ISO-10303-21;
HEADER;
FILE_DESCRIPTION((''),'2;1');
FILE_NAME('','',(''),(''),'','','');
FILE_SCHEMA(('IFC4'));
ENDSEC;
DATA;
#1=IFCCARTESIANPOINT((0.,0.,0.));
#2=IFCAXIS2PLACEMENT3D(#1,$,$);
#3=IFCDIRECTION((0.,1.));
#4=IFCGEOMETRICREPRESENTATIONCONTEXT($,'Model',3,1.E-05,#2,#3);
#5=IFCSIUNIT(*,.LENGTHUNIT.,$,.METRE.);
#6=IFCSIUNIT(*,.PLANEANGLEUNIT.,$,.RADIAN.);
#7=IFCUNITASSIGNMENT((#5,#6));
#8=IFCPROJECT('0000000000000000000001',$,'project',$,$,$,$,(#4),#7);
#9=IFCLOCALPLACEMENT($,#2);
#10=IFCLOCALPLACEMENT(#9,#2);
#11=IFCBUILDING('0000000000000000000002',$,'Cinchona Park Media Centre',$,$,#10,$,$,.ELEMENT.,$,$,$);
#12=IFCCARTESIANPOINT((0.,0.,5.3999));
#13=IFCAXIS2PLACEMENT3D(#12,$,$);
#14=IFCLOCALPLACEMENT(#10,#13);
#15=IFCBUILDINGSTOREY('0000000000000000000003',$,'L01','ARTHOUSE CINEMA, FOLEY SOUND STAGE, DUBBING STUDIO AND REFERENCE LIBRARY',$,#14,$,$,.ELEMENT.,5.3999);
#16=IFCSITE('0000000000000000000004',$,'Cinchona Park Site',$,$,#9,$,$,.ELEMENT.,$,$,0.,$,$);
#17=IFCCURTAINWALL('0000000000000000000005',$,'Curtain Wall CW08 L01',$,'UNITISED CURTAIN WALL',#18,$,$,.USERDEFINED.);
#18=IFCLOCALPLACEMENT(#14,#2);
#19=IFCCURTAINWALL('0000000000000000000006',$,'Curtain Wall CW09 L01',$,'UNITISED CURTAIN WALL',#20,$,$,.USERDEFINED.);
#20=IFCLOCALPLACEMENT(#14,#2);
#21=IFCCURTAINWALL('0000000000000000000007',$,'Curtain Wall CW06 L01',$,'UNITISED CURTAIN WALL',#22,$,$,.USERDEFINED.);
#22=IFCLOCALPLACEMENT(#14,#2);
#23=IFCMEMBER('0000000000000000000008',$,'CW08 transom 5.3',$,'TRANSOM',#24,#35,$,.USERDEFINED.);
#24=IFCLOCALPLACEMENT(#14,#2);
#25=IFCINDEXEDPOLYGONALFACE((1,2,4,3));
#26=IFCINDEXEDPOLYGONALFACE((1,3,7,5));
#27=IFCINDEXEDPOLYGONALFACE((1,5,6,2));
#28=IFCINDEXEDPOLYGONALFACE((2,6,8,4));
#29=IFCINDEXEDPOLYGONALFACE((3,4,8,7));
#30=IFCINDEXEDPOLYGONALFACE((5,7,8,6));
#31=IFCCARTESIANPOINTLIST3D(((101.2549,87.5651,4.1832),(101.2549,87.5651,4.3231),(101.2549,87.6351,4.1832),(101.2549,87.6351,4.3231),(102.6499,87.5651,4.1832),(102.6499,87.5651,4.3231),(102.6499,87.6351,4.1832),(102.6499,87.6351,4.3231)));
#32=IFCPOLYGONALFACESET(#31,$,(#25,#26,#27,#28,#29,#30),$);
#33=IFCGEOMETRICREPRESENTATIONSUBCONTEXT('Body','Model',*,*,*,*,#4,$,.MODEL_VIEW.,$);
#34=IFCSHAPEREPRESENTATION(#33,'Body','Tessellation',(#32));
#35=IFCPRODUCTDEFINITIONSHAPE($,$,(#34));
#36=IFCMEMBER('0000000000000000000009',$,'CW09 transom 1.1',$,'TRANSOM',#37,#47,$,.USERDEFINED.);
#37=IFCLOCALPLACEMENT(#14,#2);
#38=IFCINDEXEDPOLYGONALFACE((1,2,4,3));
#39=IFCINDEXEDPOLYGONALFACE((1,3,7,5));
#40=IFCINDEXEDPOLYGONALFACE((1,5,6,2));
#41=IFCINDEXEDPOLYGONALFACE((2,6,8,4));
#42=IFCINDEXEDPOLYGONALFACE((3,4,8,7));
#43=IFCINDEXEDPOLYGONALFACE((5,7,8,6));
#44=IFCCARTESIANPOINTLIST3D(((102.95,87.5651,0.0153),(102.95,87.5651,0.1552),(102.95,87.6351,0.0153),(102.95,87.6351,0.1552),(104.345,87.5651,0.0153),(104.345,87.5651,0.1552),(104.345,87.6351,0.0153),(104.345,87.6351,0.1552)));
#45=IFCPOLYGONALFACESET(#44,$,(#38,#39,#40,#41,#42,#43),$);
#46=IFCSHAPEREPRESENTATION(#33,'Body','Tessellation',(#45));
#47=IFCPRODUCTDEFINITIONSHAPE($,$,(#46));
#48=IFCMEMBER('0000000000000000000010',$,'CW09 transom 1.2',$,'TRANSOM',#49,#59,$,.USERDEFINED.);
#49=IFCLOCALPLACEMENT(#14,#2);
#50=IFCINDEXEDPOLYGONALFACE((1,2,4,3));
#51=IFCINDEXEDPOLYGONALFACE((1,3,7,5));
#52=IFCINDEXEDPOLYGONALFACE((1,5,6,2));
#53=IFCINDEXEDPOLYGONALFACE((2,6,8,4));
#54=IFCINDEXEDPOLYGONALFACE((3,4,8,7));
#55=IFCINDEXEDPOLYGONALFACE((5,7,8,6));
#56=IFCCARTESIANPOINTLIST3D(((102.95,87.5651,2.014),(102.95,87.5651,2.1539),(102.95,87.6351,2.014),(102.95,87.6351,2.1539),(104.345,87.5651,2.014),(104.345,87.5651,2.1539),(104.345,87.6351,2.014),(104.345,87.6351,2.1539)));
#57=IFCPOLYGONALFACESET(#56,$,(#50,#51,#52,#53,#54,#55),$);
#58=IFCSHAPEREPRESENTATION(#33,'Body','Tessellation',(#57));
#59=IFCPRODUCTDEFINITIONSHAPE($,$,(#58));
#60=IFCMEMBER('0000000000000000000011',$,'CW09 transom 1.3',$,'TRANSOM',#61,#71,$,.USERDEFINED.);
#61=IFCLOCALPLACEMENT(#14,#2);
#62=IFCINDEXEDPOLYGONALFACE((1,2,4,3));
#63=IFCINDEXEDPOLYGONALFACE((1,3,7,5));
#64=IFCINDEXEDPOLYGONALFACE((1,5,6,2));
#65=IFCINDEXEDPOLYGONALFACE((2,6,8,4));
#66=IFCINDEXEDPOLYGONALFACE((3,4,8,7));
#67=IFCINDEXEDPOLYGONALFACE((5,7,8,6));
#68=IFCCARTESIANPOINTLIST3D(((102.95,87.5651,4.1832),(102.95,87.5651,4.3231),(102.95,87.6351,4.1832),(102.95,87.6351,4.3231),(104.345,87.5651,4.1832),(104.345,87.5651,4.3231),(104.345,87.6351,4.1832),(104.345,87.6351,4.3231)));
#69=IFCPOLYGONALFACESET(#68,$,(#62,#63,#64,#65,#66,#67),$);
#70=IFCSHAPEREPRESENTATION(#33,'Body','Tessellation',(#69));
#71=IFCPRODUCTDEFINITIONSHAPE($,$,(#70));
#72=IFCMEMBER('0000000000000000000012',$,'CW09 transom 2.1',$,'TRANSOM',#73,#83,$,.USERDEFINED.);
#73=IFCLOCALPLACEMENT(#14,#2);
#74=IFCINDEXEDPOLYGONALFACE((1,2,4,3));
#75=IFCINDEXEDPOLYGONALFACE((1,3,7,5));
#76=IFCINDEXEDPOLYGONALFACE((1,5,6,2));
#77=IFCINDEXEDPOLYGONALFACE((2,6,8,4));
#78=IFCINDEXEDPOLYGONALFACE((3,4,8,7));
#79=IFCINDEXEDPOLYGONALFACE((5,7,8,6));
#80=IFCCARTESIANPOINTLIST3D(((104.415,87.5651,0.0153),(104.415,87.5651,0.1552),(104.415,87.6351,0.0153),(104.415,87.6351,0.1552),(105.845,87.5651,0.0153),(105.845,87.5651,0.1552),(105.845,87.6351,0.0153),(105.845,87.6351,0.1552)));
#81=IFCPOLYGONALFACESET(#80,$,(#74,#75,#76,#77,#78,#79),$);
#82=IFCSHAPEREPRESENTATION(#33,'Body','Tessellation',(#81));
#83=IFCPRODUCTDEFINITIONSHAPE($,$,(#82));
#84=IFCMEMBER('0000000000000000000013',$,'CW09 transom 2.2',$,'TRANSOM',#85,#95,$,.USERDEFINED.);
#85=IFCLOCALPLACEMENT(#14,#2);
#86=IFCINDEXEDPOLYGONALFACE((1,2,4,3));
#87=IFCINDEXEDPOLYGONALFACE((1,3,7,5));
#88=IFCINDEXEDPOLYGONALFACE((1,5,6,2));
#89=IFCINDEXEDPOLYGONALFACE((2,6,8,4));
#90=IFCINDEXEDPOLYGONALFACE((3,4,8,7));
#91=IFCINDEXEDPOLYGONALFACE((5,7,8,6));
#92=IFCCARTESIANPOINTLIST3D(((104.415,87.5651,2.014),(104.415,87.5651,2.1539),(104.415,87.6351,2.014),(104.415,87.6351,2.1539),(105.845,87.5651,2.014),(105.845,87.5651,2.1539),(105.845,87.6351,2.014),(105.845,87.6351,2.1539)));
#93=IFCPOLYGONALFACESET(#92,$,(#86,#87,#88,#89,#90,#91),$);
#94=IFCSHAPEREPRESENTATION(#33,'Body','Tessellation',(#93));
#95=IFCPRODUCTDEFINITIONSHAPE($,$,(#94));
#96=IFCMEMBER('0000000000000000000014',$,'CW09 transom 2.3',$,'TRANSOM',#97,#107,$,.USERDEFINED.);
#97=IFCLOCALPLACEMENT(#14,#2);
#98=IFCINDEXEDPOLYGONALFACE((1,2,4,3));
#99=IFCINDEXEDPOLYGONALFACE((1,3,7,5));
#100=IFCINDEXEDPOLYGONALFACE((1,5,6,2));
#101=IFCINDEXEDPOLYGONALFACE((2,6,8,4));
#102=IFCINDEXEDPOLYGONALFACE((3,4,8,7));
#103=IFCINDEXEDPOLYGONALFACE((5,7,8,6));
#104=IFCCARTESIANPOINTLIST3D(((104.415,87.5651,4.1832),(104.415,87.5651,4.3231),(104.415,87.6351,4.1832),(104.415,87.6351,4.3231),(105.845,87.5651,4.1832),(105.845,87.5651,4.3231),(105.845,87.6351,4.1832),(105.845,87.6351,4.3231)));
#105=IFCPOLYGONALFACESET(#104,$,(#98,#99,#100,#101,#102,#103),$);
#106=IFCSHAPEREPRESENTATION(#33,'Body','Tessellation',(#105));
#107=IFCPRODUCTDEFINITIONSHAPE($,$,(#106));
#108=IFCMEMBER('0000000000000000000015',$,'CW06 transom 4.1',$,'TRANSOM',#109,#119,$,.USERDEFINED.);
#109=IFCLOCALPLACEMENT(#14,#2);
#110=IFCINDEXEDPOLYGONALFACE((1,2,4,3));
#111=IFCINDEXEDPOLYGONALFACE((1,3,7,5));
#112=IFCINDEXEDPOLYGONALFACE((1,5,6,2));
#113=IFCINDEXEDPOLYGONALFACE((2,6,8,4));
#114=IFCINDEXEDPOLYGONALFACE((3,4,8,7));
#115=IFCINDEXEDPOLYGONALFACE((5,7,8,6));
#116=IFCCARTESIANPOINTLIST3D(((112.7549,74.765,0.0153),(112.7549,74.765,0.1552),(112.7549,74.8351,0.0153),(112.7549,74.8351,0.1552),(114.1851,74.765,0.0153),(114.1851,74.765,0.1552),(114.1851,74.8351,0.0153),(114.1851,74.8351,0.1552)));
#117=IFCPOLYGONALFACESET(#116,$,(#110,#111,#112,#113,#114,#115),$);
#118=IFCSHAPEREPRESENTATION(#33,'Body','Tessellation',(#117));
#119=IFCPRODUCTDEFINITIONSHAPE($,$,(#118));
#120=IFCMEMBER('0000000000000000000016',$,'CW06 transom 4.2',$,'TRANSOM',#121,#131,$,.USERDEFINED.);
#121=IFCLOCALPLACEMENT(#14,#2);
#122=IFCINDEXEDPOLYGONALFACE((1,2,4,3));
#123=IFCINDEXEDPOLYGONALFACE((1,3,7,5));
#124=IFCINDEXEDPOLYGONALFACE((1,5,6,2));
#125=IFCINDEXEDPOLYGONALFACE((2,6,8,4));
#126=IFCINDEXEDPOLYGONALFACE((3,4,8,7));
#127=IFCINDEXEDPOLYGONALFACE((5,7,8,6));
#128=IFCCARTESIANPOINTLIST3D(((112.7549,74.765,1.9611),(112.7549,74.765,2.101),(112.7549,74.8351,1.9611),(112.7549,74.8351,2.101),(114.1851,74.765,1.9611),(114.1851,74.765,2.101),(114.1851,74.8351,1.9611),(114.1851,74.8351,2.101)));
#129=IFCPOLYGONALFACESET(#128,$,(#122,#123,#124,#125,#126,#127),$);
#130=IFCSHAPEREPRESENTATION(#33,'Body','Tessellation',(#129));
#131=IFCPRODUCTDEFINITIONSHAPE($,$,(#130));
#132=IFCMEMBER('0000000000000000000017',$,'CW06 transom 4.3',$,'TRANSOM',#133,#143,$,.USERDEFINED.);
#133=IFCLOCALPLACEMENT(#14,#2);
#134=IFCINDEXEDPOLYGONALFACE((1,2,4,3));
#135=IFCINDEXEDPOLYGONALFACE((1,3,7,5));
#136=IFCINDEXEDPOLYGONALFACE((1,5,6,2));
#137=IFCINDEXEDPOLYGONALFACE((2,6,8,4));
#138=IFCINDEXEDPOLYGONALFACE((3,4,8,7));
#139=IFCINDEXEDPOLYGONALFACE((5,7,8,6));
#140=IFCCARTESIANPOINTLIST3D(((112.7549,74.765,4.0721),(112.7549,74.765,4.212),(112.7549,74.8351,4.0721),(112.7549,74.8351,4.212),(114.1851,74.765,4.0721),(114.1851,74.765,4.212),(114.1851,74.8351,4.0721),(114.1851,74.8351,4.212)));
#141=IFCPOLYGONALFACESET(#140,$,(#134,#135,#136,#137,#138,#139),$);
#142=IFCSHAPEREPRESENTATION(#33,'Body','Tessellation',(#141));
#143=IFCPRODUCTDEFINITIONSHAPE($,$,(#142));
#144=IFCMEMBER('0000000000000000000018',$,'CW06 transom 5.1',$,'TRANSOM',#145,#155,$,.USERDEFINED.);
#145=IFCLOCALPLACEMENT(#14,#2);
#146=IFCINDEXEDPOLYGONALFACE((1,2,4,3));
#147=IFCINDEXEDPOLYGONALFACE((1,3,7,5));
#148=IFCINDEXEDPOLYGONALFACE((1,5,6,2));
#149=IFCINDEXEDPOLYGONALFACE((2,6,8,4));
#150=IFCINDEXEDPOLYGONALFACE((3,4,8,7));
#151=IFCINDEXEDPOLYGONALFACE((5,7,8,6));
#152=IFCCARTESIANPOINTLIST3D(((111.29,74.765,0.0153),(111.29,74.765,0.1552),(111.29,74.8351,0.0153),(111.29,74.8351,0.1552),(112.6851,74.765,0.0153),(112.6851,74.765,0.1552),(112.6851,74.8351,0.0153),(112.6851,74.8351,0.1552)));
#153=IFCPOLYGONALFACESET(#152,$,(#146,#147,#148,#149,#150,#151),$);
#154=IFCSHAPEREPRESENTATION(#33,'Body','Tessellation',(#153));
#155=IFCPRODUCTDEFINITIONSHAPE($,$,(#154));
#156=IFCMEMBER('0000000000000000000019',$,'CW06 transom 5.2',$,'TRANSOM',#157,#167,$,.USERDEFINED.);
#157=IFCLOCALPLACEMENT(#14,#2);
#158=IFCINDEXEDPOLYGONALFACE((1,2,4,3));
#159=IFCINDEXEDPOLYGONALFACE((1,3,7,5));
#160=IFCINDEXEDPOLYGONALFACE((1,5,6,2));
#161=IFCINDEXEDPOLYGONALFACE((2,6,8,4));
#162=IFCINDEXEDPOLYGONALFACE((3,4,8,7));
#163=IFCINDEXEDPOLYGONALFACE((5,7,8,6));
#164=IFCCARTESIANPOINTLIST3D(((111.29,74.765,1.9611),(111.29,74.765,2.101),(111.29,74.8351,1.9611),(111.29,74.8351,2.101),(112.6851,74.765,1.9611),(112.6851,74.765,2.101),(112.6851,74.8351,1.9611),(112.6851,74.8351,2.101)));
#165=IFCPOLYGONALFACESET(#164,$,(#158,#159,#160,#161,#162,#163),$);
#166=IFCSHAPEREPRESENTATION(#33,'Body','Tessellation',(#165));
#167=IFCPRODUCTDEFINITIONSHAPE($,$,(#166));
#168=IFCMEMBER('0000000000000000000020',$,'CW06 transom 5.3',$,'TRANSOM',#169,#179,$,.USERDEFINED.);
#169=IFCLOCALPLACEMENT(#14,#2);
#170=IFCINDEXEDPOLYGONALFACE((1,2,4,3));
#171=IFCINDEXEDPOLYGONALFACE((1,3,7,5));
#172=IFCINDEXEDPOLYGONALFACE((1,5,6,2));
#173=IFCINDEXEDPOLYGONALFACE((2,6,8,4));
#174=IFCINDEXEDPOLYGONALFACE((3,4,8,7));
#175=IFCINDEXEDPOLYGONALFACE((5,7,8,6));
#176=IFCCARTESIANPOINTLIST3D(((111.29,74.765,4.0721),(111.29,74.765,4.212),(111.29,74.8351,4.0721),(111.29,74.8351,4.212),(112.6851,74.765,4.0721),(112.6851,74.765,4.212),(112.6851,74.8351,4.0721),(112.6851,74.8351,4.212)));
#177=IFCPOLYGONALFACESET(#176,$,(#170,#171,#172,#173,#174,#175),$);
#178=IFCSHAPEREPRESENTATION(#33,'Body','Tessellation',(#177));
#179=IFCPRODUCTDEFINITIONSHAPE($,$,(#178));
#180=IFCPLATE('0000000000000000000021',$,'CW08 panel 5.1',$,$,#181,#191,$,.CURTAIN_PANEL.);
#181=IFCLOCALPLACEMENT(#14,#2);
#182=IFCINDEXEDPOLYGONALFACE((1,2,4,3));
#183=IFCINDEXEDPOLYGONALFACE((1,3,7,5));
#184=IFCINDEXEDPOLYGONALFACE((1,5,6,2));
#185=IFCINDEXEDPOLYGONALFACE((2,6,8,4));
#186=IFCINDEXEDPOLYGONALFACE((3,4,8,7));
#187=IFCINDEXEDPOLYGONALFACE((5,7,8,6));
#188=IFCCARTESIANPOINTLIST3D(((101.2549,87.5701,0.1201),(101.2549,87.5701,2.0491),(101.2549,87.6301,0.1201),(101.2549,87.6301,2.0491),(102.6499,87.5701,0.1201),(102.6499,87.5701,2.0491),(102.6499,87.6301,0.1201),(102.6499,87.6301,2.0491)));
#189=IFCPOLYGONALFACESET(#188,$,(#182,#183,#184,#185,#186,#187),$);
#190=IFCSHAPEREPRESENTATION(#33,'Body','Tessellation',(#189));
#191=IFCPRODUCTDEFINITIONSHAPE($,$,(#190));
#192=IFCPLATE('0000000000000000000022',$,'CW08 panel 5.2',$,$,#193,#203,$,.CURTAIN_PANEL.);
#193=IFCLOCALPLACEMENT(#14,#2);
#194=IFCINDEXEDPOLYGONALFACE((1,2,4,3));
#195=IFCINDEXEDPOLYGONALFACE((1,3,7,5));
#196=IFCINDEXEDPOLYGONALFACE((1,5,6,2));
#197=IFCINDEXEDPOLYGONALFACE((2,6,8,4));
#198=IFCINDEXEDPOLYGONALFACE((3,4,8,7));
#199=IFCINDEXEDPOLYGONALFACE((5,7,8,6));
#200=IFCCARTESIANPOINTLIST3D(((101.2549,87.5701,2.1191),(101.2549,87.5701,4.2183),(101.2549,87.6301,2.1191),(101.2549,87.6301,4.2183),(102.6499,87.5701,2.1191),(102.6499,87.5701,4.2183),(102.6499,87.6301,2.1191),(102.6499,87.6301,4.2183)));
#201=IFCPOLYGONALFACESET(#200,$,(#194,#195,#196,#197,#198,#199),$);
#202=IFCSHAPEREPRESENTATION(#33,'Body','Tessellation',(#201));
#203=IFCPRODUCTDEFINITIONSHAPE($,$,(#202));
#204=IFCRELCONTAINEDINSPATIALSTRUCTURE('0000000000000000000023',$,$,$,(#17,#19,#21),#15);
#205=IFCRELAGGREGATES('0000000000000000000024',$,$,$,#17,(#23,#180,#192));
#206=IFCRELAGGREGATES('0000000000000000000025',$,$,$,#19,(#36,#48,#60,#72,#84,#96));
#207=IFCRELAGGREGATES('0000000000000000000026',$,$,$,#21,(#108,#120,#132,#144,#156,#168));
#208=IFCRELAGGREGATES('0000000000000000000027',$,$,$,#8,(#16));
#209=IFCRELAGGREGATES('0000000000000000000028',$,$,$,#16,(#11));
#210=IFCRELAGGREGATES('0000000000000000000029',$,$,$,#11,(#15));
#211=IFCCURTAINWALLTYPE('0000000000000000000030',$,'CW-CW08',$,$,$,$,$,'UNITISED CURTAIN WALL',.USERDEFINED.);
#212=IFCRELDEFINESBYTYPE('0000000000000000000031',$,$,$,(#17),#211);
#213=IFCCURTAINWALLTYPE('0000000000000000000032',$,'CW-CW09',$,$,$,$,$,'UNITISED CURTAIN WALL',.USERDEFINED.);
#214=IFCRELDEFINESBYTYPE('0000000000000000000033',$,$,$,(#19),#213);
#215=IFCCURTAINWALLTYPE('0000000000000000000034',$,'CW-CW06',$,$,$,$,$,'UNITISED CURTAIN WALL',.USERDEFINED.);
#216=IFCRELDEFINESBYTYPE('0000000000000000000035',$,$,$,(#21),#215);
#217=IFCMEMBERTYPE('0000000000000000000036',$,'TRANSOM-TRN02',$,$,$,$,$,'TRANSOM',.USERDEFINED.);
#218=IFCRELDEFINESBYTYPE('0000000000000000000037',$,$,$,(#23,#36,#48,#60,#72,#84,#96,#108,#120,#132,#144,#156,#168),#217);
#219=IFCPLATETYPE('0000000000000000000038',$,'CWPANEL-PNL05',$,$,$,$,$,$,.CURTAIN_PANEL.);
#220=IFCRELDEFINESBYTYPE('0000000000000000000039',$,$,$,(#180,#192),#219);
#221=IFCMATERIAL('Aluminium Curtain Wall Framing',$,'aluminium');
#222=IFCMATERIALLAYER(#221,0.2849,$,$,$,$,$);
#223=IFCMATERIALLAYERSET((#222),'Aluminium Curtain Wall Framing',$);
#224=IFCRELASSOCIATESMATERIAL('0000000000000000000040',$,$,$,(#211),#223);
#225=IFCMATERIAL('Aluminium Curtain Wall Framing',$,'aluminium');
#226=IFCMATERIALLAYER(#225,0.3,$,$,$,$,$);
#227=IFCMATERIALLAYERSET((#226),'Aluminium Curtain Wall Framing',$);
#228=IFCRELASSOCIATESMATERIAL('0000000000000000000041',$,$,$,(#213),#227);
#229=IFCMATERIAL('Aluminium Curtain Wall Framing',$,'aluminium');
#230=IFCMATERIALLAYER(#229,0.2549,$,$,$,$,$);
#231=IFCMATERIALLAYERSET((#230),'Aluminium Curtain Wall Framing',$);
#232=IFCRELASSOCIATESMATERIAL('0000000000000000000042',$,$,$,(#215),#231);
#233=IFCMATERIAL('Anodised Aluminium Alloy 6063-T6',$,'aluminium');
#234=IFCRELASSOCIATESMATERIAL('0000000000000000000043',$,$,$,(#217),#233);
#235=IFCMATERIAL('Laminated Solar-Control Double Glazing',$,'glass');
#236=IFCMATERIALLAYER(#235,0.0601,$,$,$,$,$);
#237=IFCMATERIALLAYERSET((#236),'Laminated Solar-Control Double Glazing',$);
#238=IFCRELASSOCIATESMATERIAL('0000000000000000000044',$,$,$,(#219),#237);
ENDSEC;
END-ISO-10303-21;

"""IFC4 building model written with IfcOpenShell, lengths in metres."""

from ifc_helpers import new_model, si_unit, direction, frame, origin, origin_2d, place, context, subcontext, project, spatial, rectangle, extrude, material, layer, layer_set, material_profile, profile_set, type_object, element, aggregate, save


model = new_model("IFC4")

# Units and contexts
model_context = context("Model", 3, precision=1e-05, world=origin(), true_north=direction((0.0, 1.0)))
body_context = subcontext(model_context, "Body", "Model", "MODEL_VIEW")
ifc_project = project(units=[si_unit("LENGTHUNIT", "METRE"), si_unit("PLANEANGLEUNIT", "RADIAN")], contexts=[model_context])

# Site, building, storey
site_placement = place(None, origin())
site = spatial("IfcSite", under=ifc_project, at=site_placement, Name="Cinchona Park Site", CompositionType="ELEMENT", RefElevation=0.0)
building_placement = place(site_placement, origin())
building = spatial("IfcBuilding", under=site, at=building_placement, Name="Cinchona Park Media Centre", CompositionType="ELEMENT")
storey_placement = place(building_placement, frame((0.0, 0.0, 5.3999)))
storey = spatial("IfcBuildingStorey", under=building, at=storey_placement, Name="L01", Description="ARTHOUSE CINEMA, FOLEY SOUND STAGE, DUBBING STUDIO AND REFERENCE LIBRARY", CompositionType="ELEMENT", Elevation=5.3999)

# Curtain walls
ifc_material_1 = material(Name="Aluminium Curtain Wall Framing", Category="aluminium")
ifc_layer_1 = layer(ifc_material_1, 0.2849)
ifc_layer_set_1 = layer_set([ifc_layer_1], Name="Aluminium Curtain Wall Framing")
curtain_wall_type_1 = type_object("IfcCurtainWallType", Name="CW-CW08", ElementType="UNITISED CURTAIN WALL", PredefinedType="USERDEFINED", material=ifc_layer_set_1)
curtain_wall_1_placement = place(storey_placement, origin())
curtain_wall_1 = element("IfcCurtainWall", 1, at=curtain_wall_1_placement, inside=storey, type_object=curtain_wall_type_1, Name="Curtain Wall CW08 L01", ObjectType="UNITISED CURTAIN WALL", PredefinedType="USERDEFINED")
ifc_material_2 = material(Name="Aluminium Curtain Wall Framing", Category="aluminium")
ifc_layer_2 = layer(ifc_material_2, 0.3)
ifc_layer_set_2 = layer_set([ifc_layer_2], Name="Aluminium Curtain Wall Framing")
curtain_wall_type_2 = type_object("IfcCurtainWallType", Name="CW-CW09", ElementType="UNITISED CURTAIN WALL", PredefinedType="USERDEFINED", material=ifc_layer_set_2)
curtain_wall_2_placement = place(storey_placement, origin())
curtain_wall_2 = element("IfcCurtainWall", 2, at=curtain_wall_2_placement, inside=storey, type_object=curtain_wall_type_2, Name="Curtain Wall CW09 L01", ObjectType="UNITISED CURTAIN WALL", PredefinedType="USERDEFINED")
ifc_material_3 = material(Name="Aluminium Curtain Wall Framing", Category="aluminium")
ifc_layer_3 = layer(ifc_material_3, 0.2549)
ifc_layer_set_3 = layer_set([ifc_layer_3], Name="Aluminium Curtain Wall Framing")
curtain_wall_type_3 = type_object("IfcCurtainWallType", Name="CW-CW06", ElementType="UNITISED CURTAIN WALL", PredefinedType="USERDEFINED", material=ifc_layer_set_3)
curtain_wall_3_placement = place(storey_placement, origin())
curtain_wall_3 = element("IfcCurtainWall", 3, at=curtain_wall_3_placement, inside=storey, type_object=curtain_wall_type_3, Name="Curtain Wall CW06 L01", ObjectType="UNITISED CURTAIN WALL", PredefinedType="USERDEFINED")

# Members
ifc_material_4 = material(Name="Anodised Aluminium Alloy 6063-T6", Category="aluminium")
ifc_material_profile_1 = material_profile(ifc_material_4, rectangle(XDim=0.0701, YDim=0.1399, at=origin_2d()), Name="TRN-70X140")
ifc_profile_set_1 = profile_set([ifc_material_profile_1], Name="Anodised Aluminium Alloy 6063-T6")
member_type_1 = type_object("IfcMemberType", Name="TRANSOM-TRN02", ElementType="TRANSOM", PredefinedType="USERDEFINED", material=ifc_profile_set_1)
member_1_placement = place(storey_placement, frame((101.2549, 87.6001, 4.2532), z_axis=(1.0, 0.0, 0.0), x_axis=(0.0, 1.0, 0.0)))
member_1 = element("IfcMember", 4, at=member_1_placement, type_object=member_type_1, Name="CW08 transom 5.3", ObjectType="TRANSOM", PredefinedType="USERDEFINED", context=body_context, shape_type="SweptSolid", body=[
    extrude(rectangle(XDim=0.0701, YDim=0.1399, at=origin_2d()), origin(), (0.0, 0.0, 1.0), 1.395),
])
member_2_placement = place(storey_placement, frame((102.95, 87.6001, 0.0852), z_axis=(1.0, 0.0, 0.0), x_axis=(0.0, 1.0, 0.0)))
member_2 = element("IfcMember", 5, at=member_2_placement, type_object=member_type_1, Name="CW09 transom 1.1", ObjectType="TRANSOM", PredefinedType="USERDEFINED", context=body_context, shape_type="SweptSolid", body=[
    extrude(rectangle(XDim=0.0701, YDim=0.1399, at=origin_2d()), origin(), (0.0, 0.0, 1.0), 1.395),
])
member_3_placement = place(storey_placement, frame((102.95, 87.6001, 2.084), z_axis=(1.0, 0.0, 0.0), x_axis=(0.0, 1.0, 0.0)))
member_3 = element("IfcMember", 6, at=member_3_placement, type_object=member_type_1, Name="CW09 transom 1.2", ObjectType="TRANSOM", PredefinedType="USERDEFINED", context=body_context, shape_type="SweptSolid", body=[
    extrude(rectangle(XDim=0.0701, YDim=0.1399, at=origin_2d()), origin(), (0.0, 0.0, 1.0), 1.395),
])
member_4_placement = place(storey_placement, frame((102.95, 87.6001, 4.2532), z_axis=(1.0, 0.0, 0.0), x_axis=(0.0, 1.0, 0.0)))
member_4 = element("IfcMember", 7, at=member_4_placement, type_object=member_type_1, Name="CW09 transom 1.3", ObjectType="TRANSOM", PredefinedType="USERDEFINED", context=body_context, shape_type="SweptSolid", body=[
    extrude(rectangle(XDim=0.0701, YDim=0.1399, at=origin_2d()), origin(), (0.0, 0.0, 1.0), 1.395),
])
member_5_placement = place(storey_placement, frame((104.415, 87.6001, 0.0852), z_axis=(1.0, 0.0, 0.0), x_axis=(0.0, 1.0, 0.0)))
member_5 = element("IfcMember", 8, at=member_5_placement, type_object=member_type_1, Name="CW09 transom 2.1", ObjectType="TRANSOM", PredefinedType="USERDEFINED", context=body_context, shape_type="SweptSolid", body=[
    extrude(rectangle(XDim=0.0701, YDim=0.1399, at=origin_2d()), origin(), (0.0, 0.0, 1.0), 1.4299),
])
member_6_placement = place(storey_placement, frame((104.415, 87.6001, 2.084), z_axis=(1.0, 0.0, 0.0), x_axis=(0.0, 1.0, 0.0)))
member_6 = element("IfcMember", 9, at=member_6_placement, type_object=member_type_1, Name="CW09 transom 2.2", ObjectType="TRANSOM", PredefinedType="USERDEFINED", context=body_context, shape_type="SweptSolid", body=[
    extrude(rectangle(XDim=0.0701, YDim=0.1399, at=origin_2d()), origin(), (0.0, 0.0, 1.0), 1.4299),
])
member_7_placement = place(storey_placement, frame((104.415, 87.6001, 4.2532), z_axis=(1.0, 0.0, 0.0), x_axis=(0.0, 1.0, 0.0)))
member_7 = element("IfcMember", 10, at=member_7_placement, type_object=member_type_1, Name="CW09 transom 2.3", ObjectType="TRANSOM", PredefinedType="USERDEFINED", context=body_context, shape_type="SweptSolid", body=[
    extrude(rectangle(XDim=0.0701, YDim=0.1399, at=origin_2d()), origin(), (0.0, 0.0, 1.0), 1.4299),
])
member_8_placement = place(storey_placement, frame((114.1851, 74.8, 0.0852), z_axis=(-1.0, 0.0, 0.0), x_axis=(0.0, -1.0, 0.0)))
member_8 = element("IfcMember", 11, at=member_8_placement, type_object=member_type_1, Name="CW06 transom 4.1", ObjectType="TRANSOM", PredefinedType="USERDEFINED", context=body_context, shape_type="SweptSolid", body=[
    extrude(rectangle(XDim=0.0701, YDim=0.1399, at=origin_2d()), origin(), (0.0, 0.0, 1.0), 1.4302),
])
member_9_placement = place(storey_placement, frame((114.1851, 74.8, 2.031), z_axis=(-1.0, 0.0, 0.0), x_axis=(0.0, -1.0, 0.0)))
member_9 = element("IfcMember", 12, at=member_9_placement, type_object=member_type_1, Name="CW06 transom 4.2", ObjectType="TRANSOM", PredefinedType="USERDEFINED", context=body_context, shape_type="SweptSolid", body=[
    extrude(rectangle(XDim=0.0701, YDim=0.1399, at=origin_2d()), origin(), (0.0, 0.0, 1.0), 1.4302),
])
member_10_placement = place(storey_placement, frame((114.1851, 74.8, 4.1421), z_axis=(-1.0, 0.0, 0.0), x_axis=(0.0, -1.0, 0.0)))
member_10 = element("IfcMember", 13, at=member_10_placement, type_object=member_type_1, Name="CW06 transom 4.3", ObjectType="TRANSOM", PredefinedType="USERDEFINED", context=body_context, shape_type="SweptSolid", body=[
    extrude(rectangle(XDim=0.0701, YDim=0.1399, at=origin_2d()), origin(), (0.0, 0.0, 1.0), 1.4302),
])
member_11_placement = place(storey_placement, frame((112.6851, 74.8, 0.0852), z_axis=(-1.0, 0.0, 0.0), x_axis=(0.0, -1.0, 0.0)))
member_11 = element("IfcMember", 14, at=member_11_placement, type_object=member_type_1, Name="CW06 transom 5.1", ObjectType="TRANSOM", PredefinedType="USERDEFINED", context=body_context, shape_type="SweptSolid", body=[
    extrude(rectangle(XDim=0.0701, YDim=0.1399, at=origin_2d()), origin(), (0.0, 0.0, 1.0), 1.395),
])
member_12_placement = place(storey_placement, frame((112.6851, 74.8, 2.031), z_axis=(-1.0, 0.0, 0.0), x_axis=(0.0, -1.0, 0.0)))
member_12 = element("IfcMember", 15, at=member_12_placement, type_object=member_type_1, Name="CW06 transom 5.2", ObjectType="TRANSOM", PredefinedType="USERDEFINED", context=body_context, shape_type="SweptSolid", body=[
    extrude(rectangle(XDim=0.0701, YDim=0.1399, at=origin_2d()), origin(), (0.0, 0.0, 1.0), 1.395),
])
member_13_placement = place(storey_placement, frame((112.6851, 74.8, 4.1421), z_axis=(-1.0, 0.0, 0.0), x_axis=(0.0, -1.0, 0.0)))
member_13 = element("IfcMember", 16, at=member_13_placement, type_object=member_type_1, Name="CW06 transom 5.3", ObjectType="TRANSOM", PredefinedType="USERDEFINED", context=body_context, shape_type="SweptSolid", body=[
    extrude(rectangle(XDim=0.0701, YDim=0.1399, at=origin_2d()), origin(), (0.0, 0.0, 1.0), 1.395),
])

# Plates
ifc_material_5 = material(Name="Laminated Solar-Control Double Glazing", Category="glass")
ifc_layer_4 = layer(ifc_material_5, 0.0601)
ifc_layer_set_4 = layer_set([ifc_layer_4], Name="Laminated Solar-Control Double Glazing")
plate_type_1 = type_object("IfcPlateType", Name="CWPANEL-PNL05", PredefinedType="CURTAIN_PANEL", material=ifc_layer_set_4)
plate_1_placement = place(storey_placement, frame((101.9524, 87.6001, 0.1201), z_axis=(0.0, 0.0, 1.0), x_axis=(1.0, 0.0, 0.0)))
plate_1 = element("IfcPlate", 17, at=plate_1_placement, type_object=plate_type_1, Name="CW08 panel 5.1", PredefinedType="CURTAIN_PANEL", context=body_context, shape_type="SweptSolid", body=[
    extrude(rectangle(XDim=1.395, YDim=0.0601, at=origin_2d()), origin(), (0.0, 0.0, 1.0), 1.929),
])
plate_2_placement = place(storey_placement, frame((101.9524, 87.6001, 2.1191), z_axis=(0.0, 0.0, 1.0), x_axis=(1.0, 0.0, 0.0)))
plate_2 = element("IfcPlate", 18, at=plate_2_placement, type_object=plate_type_1, Name="CW08 panel 5.2", PredefinedType="CURTAIN_PANEL", context=body_context, shape_type="SweptSolid", body=[
    extrude(rectangle(XDim=1.395, YDim=0.0601, at=origin_2d()), origin(), (0.0, 0.0, 1.0), 2.0991),
])
aggregate(curtain_wall_1, [member_1, plate_1, plate_2])
aggregate(curtain_wall_2, [member_2, member_3, member_4, member_5, member_6, member_7])
aggregate(curtain_wall_3, [member_8, member_9, member_10, member_11, member_12, member_13])

save(model, "model.ifc")
